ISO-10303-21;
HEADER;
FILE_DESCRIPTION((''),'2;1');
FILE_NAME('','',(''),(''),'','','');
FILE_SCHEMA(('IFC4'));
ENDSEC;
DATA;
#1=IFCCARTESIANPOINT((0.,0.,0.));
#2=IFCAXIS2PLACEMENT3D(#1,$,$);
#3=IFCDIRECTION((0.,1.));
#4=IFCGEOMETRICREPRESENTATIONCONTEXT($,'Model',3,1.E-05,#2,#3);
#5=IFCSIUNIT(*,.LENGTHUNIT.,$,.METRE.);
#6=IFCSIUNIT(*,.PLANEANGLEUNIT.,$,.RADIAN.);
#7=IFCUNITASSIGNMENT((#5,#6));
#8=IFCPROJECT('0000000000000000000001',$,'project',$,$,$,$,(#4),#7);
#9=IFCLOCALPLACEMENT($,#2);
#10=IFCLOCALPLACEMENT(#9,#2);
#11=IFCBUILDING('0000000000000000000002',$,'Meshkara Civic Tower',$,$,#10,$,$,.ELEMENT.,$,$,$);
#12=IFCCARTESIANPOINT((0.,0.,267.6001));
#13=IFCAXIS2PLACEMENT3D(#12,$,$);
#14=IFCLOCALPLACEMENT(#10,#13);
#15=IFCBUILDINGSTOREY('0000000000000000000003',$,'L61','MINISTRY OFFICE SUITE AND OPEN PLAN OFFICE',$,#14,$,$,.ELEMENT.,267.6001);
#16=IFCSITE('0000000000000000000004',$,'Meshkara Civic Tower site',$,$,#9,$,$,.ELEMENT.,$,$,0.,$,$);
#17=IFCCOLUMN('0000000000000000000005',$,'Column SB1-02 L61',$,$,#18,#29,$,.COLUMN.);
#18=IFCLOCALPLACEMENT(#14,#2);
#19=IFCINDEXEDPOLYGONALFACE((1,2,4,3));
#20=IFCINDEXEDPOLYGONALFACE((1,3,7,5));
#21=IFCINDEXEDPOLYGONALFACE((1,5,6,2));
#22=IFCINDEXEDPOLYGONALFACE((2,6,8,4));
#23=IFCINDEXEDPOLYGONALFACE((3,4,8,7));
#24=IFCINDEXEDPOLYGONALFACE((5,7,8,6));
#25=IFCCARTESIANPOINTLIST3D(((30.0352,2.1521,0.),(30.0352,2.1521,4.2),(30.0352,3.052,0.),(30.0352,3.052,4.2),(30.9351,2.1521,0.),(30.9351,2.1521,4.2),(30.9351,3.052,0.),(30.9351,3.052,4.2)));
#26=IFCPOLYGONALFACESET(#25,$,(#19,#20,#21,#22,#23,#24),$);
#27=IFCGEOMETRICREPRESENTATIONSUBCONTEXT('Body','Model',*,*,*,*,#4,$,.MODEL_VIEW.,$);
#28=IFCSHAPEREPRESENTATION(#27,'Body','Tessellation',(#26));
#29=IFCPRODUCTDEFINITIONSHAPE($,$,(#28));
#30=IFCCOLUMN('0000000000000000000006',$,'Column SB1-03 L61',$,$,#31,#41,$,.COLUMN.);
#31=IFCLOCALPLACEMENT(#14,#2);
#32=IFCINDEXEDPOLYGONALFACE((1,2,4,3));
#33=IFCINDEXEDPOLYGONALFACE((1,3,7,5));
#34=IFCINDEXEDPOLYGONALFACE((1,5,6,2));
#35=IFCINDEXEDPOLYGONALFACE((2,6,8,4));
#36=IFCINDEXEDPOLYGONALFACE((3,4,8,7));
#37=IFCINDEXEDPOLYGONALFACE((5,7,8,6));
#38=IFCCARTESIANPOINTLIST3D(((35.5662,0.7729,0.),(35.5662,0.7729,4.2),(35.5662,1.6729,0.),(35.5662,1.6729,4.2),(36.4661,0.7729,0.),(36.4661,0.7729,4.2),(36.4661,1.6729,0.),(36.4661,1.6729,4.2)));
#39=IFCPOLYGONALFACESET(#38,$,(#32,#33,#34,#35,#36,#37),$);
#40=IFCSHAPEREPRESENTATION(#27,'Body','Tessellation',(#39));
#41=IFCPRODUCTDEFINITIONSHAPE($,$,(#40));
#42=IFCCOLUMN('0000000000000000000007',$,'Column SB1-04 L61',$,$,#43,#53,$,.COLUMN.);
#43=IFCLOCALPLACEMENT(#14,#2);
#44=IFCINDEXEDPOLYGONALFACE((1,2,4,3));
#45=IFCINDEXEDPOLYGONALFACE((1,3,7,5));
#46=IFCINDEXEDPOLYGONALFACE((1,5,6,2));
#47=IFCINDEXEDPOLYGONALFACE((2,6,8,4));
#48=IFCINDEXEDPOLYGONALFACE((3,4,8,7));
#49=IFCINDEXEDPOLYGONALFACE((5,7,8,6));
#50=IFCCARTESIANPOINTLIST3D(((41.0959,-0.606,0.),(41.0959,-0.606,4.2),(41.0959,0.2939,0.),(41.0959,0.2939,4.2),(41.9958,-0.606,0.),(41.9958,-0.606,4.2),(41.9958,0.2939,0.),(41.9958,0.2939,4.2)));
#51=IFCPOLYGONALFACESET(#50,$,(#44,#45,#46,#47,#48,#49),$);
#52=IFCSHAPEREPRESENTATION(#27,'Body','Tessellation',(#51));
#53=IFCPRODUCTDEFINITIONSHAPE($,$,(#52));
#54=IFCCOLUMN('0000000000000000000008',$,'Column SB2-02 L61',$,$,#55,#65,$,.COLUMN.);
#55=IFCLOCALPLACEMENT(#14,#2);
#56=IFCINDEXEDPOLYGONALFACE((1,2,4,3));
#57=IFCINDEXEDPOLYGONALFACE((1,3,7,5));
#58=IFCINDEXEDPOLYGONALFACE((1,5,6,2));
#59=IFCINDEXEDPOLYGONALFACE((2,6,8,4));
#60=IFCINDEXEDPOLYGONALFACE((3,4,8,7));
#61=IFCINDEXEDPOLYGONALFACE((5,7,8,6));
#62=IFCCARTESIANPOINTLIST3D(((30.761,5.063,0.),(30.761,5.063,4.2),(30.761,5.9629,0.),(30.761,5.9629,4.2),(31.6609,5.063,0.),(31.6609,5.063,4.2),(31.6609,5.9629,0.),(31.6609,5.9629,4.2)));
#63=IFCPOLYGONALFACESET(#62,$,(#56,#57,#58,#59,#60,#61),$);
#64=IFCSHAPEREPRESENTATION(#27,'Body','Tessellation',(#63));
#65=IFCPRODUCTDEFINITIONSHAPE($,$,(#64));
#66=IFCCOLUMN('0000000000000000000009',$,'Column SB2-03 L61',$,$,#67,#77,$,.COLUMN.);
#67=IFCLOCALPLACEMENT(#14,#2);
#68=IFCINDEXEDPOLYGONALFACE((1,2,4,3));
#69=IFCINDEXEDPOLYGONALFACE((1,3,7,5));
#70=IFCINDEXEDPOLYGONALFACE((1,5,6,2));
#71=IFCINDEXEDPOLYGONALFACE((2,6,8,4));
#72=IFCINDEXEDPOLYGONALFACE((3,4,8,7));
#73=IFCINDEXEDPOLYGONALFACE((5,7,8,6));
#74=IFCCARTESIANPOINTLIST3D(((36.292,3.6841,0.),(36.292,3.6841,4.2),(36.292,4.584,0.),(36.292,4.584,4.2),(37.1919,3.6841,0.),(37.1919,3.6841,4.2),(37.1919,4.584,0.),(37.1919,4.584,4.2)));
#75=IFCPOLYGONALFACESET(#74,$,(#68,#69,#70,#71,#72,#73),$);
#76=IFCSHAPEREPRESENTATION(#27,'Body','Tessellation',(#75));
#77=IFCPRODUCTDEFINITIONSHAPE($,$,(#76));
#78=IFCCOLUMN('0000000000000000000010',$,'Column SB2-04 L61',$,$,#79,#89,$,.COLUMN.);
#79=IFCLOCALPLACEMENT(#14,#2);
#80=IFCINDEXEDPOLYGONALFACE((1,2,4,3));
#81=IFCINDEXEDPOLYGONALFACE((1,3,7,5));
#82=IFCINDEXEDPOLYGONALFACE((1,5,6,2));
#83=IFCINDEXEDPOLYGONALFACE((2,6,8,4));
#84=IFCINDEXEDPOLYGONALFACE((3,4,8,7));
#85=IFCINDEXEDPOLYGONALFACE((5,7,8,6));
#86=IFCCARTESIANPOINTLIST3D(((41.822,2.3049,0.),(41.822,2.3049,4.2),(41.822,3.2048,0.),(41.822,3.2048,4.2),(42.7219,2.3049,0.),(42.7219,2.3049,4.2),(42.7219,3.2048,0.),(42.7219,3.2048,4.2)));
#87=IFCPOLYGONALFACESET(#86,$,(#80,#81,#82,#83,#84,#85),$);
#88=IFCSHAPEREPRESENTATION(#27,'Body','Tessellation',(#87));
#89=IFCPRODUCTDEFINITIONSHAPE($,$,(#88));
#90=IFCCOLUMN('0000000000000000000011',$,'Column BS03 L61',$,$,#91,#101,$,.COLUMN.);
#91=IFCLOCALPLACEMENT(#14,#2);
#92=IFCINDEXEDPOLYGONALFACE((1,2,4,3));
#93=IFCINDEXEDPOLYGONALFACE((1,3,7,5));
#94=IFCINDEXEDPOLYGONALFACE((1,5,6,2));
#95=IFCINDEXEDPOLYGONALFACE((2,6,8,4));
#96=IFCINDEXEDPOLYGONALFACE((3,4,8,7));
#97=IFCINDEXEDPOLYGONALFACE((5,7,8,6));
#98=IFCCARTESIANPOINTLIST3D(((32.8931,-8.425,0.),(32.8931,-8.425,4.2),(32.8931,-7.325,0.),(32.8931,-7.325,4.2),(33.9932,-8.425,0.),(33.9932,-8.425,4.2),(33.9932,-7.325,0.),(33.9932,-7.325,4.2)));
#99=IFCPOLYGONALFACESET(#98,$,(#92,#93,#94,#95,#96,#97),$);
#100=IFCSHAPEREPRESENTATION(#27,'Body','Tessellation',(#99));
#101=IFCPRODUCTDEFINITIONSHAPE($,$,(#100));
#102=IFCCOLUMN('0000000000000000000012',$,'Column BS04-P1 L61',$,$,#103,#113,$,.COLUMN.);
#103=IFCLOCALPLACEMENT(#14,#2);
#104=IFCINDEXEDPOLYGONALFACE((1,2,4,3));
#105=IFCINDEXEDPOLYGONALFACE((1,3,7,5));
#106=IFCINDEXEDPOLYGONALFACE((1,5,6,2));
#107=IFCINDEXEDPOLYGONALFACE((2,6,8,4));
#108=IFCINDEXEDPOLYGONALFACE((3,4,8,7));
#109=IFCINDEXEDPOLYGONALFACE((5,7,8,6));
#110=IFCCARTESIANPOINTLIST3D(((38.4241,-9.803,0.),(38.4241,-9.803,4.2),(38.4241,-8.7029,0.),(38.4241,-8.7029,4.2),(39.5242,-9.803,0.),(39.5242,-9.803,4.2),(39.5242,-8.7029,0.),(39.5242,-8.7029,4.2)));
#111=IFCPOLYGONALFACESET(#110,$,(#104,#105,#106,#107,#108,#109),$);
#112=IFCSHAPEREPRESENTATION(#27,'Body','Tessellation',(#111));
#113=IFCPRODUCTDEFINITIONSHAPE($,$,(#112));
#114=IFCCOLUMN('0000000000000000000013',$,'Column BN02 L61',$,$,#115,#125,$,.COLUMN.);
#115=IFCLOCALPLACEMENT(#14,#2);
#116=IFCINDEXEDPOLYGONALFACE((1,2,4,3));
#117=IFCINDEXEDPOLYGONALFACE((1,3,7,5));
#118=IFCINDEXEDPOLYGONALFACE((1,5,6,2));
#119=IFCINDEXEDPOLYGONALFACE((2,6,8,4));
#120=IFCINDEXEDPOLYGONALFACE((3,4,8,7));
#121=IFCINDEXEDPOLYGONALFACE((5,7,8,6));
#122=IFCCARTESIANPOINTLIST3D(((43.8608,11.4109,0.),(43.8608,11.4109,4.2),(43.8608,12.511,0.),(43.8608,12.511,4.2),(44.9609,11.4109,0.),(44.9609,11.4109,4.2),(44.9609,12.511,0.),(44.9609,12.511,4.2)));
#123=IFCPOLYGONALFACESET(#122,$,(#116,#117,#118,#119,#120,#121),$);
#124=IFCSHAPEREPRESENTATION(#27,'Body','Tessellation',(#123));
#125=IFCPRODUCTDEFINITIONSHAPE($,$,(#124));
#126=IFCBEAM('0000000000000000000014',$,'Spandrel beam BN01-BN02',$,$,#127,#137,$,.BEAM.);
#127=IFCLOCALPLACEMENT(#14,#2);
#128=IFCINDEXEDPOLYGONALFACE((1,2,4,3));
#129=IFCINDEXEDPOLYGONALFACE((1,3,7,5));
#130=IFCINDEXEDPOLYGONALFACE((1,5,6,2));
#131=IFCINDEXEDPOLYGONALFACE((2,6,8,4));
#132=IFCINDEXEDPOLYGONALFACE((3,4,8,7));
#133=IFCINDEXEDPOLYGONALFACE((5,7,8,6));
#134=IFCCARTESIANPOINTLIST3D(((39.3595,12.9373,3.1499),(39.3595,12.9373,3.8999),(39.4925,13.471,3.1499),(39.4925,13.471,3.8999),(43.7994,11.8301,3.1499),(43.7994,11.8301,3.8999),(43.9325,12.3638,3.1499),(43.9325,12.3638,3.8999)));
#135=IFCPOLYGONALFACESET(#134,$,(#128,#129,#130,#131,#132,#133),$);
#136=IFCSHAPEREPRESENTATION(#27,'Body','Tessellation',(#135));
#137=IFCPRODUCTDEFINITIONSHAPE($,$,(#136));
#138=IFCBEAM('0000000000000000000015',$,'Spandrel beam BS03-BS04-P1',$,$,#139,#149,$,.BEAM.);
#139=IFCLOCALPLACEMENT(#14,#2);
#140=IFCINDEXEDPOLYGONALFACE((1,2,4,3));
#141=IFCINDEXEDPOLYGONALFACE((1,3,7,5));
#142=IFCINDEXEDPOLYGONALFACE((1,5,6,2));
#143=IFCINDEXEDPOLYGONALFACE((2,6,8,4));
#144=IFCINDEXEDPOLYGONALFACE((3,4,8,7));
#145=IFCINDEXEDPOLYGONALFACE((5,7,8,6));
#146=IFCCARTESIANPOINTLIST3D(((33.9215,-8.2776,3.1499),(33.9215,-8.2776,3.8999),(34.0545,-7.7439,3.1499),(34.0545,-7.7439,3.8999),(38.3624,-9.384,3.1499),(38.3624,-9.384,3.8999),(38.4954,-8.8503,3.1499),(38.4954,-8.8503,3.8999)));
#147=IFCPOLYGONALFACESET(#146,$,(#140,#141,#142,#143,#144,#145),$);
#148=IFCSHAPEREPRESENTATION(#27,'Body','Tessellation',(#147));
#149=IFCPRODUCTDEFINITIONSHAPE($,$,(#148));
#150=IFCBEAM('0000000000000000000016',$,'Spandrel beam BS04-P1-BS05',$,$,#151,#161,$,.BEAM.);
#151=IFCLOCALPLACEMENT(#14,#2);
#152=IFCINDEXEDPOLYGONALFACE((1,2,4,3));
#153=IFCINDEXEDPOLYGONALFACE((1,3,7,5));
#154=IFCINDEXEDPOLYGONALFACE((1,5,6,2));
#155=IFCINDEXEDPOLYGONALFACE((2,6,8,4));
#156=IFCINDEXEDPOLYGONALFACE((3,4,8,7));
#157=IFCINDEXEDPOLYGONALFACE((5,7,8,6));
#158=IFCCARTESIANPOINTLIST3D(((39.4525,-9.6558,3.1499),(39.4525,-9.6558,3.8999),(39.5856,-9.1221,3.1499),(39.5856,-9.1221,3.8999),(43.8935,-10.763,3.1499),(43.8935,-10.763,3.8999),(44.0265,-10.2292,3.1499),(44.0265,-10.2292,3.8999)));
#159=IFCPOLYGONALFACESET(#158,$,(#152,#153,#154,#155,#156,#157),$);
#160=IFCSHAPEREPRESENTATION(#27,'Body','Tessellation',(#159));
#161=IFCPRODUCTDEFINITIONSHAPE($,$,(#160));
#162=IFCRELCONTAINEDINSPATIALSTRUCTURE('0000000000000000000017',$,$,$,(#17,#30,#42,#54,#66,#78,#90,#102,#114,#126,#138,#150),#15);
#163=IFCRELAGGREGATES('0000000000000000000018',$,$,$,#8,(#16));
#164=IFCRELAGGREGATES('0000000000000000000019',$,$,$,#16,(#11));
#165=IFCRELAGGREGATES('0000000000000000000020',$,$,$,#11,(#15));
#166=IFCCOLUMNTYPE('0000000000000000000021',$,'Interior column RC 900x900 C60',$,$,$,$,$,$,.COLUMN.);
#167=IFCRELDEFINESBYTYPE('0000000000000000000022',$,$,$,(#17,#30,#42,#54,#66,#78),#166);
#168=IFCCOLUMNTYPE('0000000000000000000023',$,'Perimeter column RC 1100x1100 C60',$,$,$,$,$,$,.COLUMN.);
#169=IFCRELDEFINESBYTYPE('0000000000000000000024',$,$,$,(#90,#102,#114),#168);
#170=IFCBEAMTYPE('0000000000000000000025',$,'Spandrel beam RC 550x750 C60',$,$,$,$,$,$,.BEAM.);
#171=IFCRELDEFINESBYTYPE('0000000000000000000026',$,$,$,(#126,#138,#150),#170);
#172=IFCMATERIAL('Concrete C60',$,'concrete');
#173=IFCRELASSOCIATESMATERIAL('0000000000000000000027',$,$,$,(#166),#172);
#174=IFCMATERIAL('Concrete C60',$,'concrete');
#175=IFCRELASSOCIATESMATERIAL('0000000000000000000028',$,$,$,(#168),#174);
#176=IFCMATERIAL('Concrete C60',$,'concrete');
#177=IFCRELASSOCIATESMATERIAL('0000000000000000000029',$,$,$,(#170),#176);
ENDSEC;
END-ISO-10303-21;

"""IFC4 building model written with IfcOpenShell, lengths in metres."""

from ifc_helpers import new_model, si_unit, direction, frame, origin, origin_2d, place, context, subcontext, project, spatial, rectangle, extrude, material, material_profile, profile_set, type_object, element, save


model = new_model("IFC4")

# Units and contexts
model_context = context("Model", 3, precision=1e-05, world=origin(), true_north=direction((0.0, 1.0)))
body_context = subcontext(model_context, "Body", "Model", "MODEL_VIEW")
ifc_project = project(units=[si_unit("LENGTHUNIT", "METRE"), si_unit("PLANEANGLEUNIT", "RADIAN")], contexts=[model_context])

# Site, building, storey
site_placement = place(None, origin())
site = spatial("IfcSite", under=ifc_project, at=site_placement, Name="Meshkara Civic Tower site", CompositionType="ELEMENT", RefElevation=0.0)
building_placement = place(site_placement, origin())
building = spatial("IfcBuilding", under=site, at=building_placement, Name="Meshkara Civic Tower", CompositionType="ELEMENT")
storey_placement = place(building_placement, frame((0.0, 0.0, 267.6001)))
storey = spatial("IfcBuildingStorey", under=building, at=storey_placement, Name="L61", Description="MINISTRY OFFICE SUITE AND OPEN PLAN OFFICE", CompositionType="ELEMENT", Elevation=267.6001)

# Columns
ifc_material_1 = material(Name="Concrete C60", Category="concrete")
ifc_material_profile_1 = material_profile(ifc_material_1, rectangle(XDim=0.8999, YDim=0.8999, at=origin_2d()))
ifc_profile_set_1 = profile_set([ifc_material_profile_1], Name="Concrete C60")
column_type_1 = type_object("IfcColumnType", Name="Interior column RC 900x900 C60", PredefinedType="COLUMN", material=ifc_profile_set_1)
for number, where, z_axis, x_axis, name in (
    (1, (30.4851, 2.6021, 0.0), (0.0, 0.0, 1.0), (1.0, 0.0, 0.0), "Column SB1-02 L61"),
    (2, (36.0161, 1.2229, 0.0), (0.0, 0.0, 1.0), (1.0, 0.0, 0.0), "Column SB1-03 L61"),
    (3, (41.5459, -0.156, 0.0), (0.0, 0.0, 1.0), (1.0, 0.0, 0.0), "Column SB1-04 L61"),
    (4, (31.2109, 5.5129, 0.0), (0.0, 0.0, 1.0), (1.0, 0.0, 0.0), "Column SB2-02 L61"),
    (5, (36.7419, 4.134, 0.0), (0.0, 0.0, 1.0), (1.0, 0.0, 0.0), "Column SB2-03 L61"),
    (6, (42.272, 2.7549, 0.0), (0.0, 0.0, 1.0), (1.0, 0.0, 0.0), "Column SB2-04 L61"),
):
    element("IfcColumn", number, at=place(storey_placement, frame(where, z_axis=z_axis, x_axis=x_axis)), inside=storey, type_object=column_type_1, Name=name, PredefinedType="COLUMN", context=body_context, shape_type="SweptSolid", body=[
        extrude(rectangle(XDim=0.8999, YDim=0.8999, at=origin_2d()), origin(), (0.0, 0.0, 1.0), 4.2),
    ])
ifc_material_2 = material(Name="Concrete C60", Category="concrete")
ifc_material_profile_2 = material_profile(ifc_material_2, rectangle(XDim=1.1001, YDim=1.1001, at=origin_2d()))
ifc_profile_set_2 = profile_set([ifc_material_profile_2], Name="Concrete C60")
column_type_2 = type_object("IfcColumnType", Name="Perimeter column RC 1100x1100 C60", PredefinedType="COLUMN", material=ifc_profile_set_2)
for number, where, z_axis, x_axis, name in (
    (7, (33.4431, -7.875, 0.0), (0.0, 0.0, 1.0), (1.0, 0.0, 0.0), "Column BS03 L61"),
    (8, (38.9741, -9.2529, 0.0), (0.0, 0.0, 1.0), (1.0, 0.0, 0.0), "Column BS04-P1 L61"),
    (9, (44.4109, 11.9609, 0.0), (0.0, 0.0, 1.0), (1.0, 0.0, 0.0), "Column BN02 L61"),
):
    element("IfcColumn", number, at=place(storey_placement, frame(where, z_axis=z_axis, x_axis=x_axis)), inside=storey, type_object=column_type_2, Name=name, PredefinedType="COLUMN", context=body_context, shape_type="SweptSolid", body=[
        extrude(rectangle(XDim=1.1001, YDim=1.1001, at=origin_2d()), origin(), (0.0, 0.0, 1.0), 4.2),
    ])

# Beams
ifc_material_3 = material(Name="Concrete C60", Category="concrete")
ifc_material_profile_3 = material_profile(ifc_material_3, rectangle(XDim=0.55, YDim=0.75, at=origin_2d()))
ifc_profile_set_3 = profile_set([ifc_material_profile_3], Name="Concrete C60")
beam_type = type_object("IfcBeamType", Name="Spandrel beam RC 550x750 C60", PredefinedType="BEAM", material=ifc_profile_set_3)
beam_1_placement = place(storey_placement, frame((43.866, 12.0969, 3.5249), z_axis=(-0.970287, 0.241958, 0.0), x_axis=(-0.241958, -0.970287, 0.0)))
element("IfcBeam", 10, at=beam_1_placement, inside=storey, type_object=beam_type, Name="Spandrel beam BN01-BN02", PredefinedType="BEAM", context=body_context, shape_type="SweptSolid", body=[
    extrude(rectangle(XDim=0.55, YDim=0.75, at=origin_2d()), origin(), (0.0, 0.0, 1.0), 4.5759),
])
beam_2_placement = place(storey_placement, frame((33.988, -8.0107, 3.5249), z_axis=(0.970337, -0.241757, 0.0), x_axis=(0.241757, 0.970337, 0.0)))
element("IfcBeam", 11, at=beam_2_placement, inside=storey, type_object=beam_type, Name="Spandrel beam BS03-BS04-P1", PredefinedType="BEAM", context=body_context, shape_type="SweptSolid", body=[
    extrude(rectangle(XDim=0.55, YDim=0.75, at=origin_2d()), origin(), (0.0, 0.0, 1.0), 4.5767),
])
beam_3_placement = place(storey_placement, frame((39.519, -9.3889, 3.5249), z_axis=(0.970299, -0.241908, 0.0), x_axis=(0.241908, 0.970299, 0.0)))
element("IfcBeam", 12, at=beam_3_placement, inside=storey, type_object=beam_type, Name="Spandrel beam BS04-P1-BS05", PredefinedType="BEAM", context=body_context, shape_type="SweptSolid", body=[
    extrude(rectangle(XDim=0.55, YDim=0.75, at=origin_2d()), origin(), (0.0, 0.0, 1.0), 4.5769),
])

save(model, "model.ifc")
